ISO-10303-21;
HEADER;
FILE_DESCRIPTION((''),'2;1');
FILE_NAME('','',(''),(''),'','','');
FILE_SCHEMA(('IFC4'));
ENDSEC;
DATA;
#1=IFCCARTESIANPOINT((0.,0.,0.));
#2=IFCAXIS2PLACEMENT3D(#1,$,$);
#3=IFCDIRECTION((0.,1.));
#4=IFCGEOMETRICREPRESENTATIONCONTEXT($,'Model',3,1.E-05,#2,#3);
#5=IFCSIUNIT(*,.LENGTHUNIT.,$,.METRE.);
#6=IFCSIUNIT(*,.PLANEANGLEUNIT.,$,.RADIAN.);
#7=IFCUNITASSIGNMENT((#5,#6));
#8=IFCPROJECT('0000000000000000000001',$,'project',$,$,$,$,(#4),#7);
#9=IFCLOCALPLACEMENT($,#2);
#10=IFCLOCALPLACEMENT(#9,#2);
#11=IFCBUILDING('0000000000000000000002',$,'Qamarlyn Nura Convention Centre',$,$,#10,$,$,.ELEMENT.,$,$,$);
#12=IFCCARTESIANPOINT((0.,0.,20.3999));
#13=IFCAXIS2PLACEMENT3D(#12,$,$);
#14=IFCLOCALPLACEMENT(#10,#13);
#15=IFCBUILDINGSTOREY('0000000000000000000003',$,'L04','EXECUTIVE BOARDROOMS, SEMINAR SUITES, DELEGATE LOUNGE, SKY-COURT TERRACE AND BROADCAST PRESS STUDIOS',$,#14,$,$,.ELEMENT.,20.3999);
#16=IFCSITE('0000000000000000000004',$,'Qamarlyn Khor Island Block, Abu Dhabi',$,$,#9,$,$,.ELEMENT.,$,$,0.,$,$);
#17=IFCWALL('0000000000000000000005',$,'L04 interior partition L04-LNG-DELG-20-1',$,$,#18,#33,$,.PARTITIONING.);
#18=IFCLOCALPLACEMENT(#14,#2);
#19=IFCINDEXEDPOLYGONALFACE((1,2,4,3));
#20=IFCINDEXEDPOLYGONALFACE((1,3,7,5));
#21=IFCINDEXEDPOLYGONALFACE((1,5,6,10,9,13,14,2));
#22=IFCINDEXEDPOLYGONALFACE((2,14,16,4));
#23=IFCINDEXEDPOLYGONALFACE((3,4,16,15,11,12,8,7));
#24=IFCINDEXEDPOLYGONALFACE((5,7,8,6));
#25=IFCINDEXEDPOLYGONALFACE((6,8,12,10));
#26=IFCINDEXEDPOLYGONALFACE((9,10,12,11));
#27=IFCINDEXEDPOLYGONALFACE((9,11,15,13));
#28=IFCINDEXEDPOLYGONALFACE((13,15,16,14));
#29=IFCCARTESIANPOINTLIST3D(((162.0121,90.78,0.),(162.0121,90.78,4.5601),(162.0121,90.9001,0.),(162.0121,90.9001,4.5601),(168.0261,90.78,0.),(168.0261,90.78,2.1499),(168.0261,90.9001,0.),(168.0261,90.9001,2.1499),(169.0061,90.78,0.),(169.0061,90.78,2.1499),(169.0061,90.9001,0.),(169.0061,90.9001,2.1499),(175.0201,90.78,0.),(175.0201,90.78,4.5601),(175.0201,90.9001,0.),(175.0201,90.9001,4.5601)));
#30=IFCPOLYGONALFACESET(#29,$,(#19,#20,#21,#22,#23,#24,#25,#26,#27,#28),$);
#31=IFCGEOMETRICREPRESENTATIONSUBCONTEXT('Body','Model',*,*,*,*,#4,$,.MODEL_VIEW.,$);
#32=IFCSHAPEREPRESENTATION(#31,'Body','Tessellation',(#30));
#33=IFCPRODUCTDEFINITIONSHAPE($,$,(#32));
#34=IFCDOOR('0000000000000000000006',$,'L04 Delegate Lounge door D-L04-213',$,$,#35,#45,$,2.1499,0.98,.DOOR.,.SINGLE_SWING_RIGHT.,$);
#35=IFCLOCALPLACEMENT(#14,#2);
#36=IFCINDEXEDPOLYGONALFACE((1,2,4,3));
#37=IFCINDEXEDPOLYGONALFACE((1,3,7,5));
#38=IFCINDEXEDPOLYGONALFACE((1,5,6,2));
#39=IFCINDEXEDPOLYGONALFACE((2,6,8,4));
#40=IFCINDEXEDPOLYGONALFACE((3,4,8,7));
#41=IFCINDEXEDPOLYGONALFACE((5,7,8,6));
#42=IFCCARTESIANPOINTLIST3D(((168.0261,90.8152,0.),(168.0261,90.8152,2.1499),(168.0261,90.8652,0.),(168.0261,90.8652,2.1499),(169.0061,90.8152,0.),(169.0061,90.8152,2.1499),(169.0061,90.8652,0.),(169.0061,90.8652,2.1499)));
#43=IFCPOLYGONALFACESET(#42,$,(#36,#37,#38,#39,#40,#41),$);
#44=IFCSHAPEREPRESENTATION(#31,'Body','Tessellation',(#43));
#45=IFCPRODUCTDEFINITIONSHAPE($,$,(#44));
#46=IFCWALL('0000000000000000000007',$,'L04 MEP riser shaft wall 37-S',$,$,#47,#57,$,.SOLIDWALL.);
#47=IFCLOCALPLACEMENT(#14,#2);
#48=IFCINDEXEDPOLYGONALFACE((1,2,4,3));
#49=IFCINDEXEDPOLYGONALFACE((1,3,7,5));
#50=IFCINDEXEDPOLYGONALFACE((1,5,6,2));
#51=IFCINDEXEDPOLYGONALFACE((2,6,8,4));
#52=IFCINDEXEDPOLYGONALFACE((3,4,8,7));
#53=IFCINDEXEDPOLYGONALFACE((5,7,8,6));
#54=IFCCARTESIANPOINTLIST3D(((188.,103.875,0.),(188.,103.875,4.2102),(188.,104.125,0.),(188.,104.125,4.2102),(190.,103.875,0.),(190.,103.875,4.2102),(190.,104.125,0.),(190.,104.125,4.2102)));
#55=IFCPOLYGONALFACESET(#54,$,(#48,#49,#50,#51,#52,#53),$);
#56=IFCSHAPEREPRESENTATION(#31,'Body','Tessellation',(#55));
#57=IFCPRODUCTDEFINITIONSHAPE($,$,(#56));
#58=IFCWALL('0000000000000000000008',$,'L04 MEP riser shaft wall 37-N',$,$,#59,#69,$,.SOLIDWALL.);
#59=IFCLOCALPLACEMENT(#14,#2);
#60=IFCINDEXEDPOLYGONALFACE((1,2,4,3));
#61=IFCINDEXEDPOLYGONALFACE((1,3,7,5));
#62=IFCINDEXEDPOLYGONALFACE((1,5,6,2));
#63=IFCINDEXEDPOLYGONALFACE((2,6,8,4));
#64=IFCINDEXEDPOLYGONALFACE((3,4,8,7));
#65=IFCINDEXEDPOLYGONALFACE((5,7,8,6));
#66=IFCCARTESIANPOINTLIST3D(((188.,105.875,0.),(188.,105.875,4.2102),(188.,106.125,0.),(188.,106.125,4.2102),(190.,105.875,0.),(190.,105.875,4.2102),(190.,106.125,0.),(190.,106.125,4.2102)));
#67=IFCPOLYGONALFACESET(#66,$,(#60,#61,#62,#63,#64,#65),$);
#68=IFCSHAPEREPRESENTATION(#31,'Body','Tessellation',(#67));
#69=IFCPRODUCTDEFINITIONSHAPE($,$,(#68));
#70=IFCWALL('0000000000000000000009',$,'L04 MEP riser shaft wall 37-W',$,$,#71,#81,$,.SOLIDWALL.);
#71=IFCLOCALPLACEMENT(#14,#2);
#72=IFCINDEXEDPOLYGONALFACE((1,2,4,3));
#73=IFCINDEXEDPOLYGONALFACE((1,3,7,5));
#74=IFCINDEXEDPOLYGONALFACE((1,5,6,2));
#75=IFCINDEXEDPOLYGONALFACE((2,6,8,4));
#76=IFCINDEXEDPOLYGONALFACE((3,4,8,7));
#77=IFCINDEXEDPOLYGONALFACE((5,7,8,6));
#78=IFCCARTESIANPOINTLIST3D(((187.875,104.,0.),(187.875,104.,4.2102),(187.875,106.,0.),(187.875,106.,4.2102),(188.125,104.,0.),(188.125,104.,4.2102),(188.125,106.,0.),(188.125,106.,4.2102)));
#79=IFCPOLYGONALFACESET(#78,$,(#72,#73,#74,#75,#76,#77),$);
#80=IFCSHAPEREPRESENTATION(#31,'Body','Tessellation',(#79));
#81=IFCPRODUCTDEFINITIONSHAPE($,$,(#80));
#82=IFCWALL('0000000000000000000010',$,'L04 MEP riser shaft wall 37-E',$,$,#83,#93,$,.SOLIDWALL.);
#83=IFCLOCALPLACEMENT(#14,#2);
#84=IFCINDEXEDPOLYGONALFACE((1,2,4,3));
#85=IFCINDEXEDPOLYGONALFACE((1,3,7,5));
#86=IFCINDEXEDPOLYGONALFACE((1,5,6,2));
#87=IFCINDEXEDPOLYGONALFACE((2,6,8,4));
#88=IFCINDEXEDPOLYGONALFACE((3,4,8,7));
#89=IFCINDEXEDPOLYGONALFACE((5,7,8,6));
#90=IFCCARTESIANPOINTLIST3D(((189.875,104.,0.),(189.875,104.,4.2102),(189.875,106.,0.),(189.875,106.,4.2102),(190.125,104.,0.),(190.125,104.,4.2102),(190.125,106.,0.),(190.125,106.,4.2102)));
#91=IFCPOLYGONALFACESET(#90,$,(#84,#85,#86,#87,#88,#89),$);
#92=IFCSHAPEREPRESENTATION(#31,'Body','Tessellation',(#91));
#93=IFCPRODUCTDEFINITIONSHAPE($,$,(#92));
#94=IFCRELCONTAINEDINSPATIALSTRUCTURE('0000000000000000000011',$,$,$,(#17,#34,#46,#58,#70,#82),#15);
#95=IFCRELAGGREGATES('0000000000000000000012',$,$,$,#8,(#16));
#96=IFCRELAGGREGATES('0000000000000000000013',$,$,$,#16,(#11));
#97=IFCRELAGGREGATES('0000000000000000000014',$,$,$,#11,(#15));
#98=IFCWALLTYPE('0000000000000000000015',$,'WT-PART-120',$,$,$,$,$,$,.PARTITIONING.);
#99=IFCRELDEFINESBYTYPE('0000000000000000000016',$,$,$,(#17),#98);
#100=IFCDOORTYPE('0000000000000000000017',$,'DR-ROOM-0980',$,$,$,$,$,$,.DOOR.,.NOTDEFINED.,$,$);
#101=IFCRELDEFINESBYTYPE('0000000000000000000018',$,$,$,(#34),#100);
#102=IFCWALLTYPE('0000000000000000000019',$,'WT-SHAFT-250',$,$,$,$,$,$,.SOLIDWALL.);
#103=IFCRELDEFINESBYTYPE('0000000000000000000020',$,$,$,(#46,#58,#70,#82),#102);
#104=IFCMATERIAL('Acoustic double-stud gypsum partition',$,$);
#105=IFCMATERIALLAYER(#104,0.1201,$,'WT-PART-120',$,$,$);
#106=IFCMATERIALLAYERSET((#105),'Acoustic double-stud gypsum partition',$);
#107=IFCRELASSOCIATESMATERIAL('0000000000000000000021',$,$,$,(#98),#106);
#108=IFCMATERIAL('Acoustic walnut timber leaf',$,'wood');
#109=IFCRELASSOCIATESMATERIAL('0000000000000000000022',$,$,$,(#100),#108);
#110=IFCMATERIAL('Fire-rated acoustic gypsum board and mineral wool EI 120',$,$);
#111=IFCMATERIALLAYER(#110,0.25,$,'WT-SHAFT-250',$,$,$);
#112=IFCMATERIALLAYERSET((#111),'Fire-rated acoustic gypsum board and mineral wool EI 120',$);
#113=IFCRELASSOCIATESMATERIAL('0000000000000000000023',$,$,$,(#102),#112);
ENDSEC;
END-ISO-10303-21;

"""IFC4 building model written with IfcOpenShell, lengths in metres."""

from ifc_helpers import new_model, si_unit, direction, frame, frame_2d, origin, place, context, subcontext, project, spatial, rectangle, extrude, material, layer, layer_set, type_object, element, fill, save


model = new_model("IFC4")

# Units and contexts
model_context = context("Model", 3, precision=1e-05, world=origin(), true_north=direction((0.0, 1.0)))
body_context = subcontext(model_context, "Body", "Model", "MODEL_VIEW")
ifc_project = project(units=[si_unit("LENGTHUNIT", "METRE"), si_unit("PLANEANGLEUNIT", "RADIAN")], contexts=[model_context])

# Site, building, storey
site_placement = place(None, origin())
site = spatial("IfcSite", under=ifc_project, at=site_placement, Name="Qamarlyn Khor Island Block, Abu Dhabi", CompositionType="ELEMENT", RefElevation=0.0)
building_placement = place(site_placement, origin())
building = spatial("IfcBuilding", under=site, at=building_placement, Name="Qamarlyn Nura Convention Centre", CompositionType="ELEMENT")
storey_placement = place(building_placement, frame((0.0, 0.0, 20.3999)))
storey = spatial("IfcBuildingStorey", under=building, at=storey_placement, Name="L04", Description="EXECUTIVE BOARDROOMS, SEMINAR SUITES, DELEGATE LOUNGE, SKY-COURT TERRACE AND BROADCAST PRESS STUDIOS", CompositionType="ELEMENT", Elevation=20.3999)

# Shared definitions
ifc_material_1 = material(Name="Acoustic double-stud gypsum partition")
ifc_layer_1 = layer(ifc_material_1, 0.1201, Name="WT-PART-120")
ifc_layer_set_1 = layer_set([ifc_layer_1], Name="Acoustic double-stud gypsum partition")
wall_type_1 = type_object("IfcWallType", Name="WT-PART-120", PredefinedType="PARTITIONING", material=ifc_layer_set_1)

# Wall, opening, door
wall_1_placement = place(storey_placement, frame((175.02, 90.8401, 0.0), z_axis=(0.0, 0.0, 1.0), x_axis=(-1.0, 0.0, 0.0)))
wall_1 = element("IfcWall", 1, at=wall_1_placement, inside=storey, type_object=wall_type_1, Name="L04 interior partition L04-LNG-DELG-20-1", PredefinedType="PARTITIONING", context=body_context, shape_type="SweptSolid", body=[
    extrude(rectangle(XDim=13.0081, YDim=0.1201, at=frame_2d((6.5039, 0.0))), origin(), (0.0, 0.0, 1.0), 4.5601),
])
opening_placement = place(wall_1_placement, frame((6.0139, 0.0, 0.0)))
opening = element("IfcOpeningElement", 2, at=opening_placement, cuts=wall_1, PredefinedType="OPENING", context=body_context, shape_type="SweptSolid", body=[
    extrude(rectangle(XDim=0.98, YDim=2.1499, at=frame_2d((0.49, 1.075))), frame((0.0, 0.0701, 0.0), z_axis=(0.0, -1.0, 0.0), x_axis=(1.0, 0.0, 0.0)), (0.0, 0.0, 1.0), 0.1401),
])
ifc_material_2 = material(Name="Acoustic walnut timber leaf", Category="wood")
door_type = type_object("IfcDoorType", Name="DR-ROOM-0980", OperationType="NOTDEFINED", PredefinedType="DOOR", material=ifc_material_2)
door_placement = place(opening_placement, origin())
door = element("IfcDoor", 3, at=door_placement, inside=storey, type_object=door_type, Name="L04 Delegate Lounge door D-L04-213", OperationType="SINGLE_SWING_RIGHT", OverallHeight=2.1499, OverallWidth=0.98, PredefinedType="DOOR", context=body_context, shape_type="SweptSolid", body=[
    extrude(rectangle(XDim=0.98, YDim=2.1499, at=frame_2d((0.49, 1.075))), frame((0.0, 0.0249, 0.0), z_axis=(0.0, -1.0, 0.0), x_axis=(1.0, 0.0, 0.0)), (0.0, 0.0, 1.0), 0.05),
])
fill(opening, door)

# Walls
ifc_material_3 = material(Name="Fire-rated acoustic gypsum board and mineral wool EI 120")
ifc_layer_2 = layer(ifc_material_3, 0.25, Name="WT-SHAFT-250")
ifc_layer_set_2 = layer_set([ifc_layer_2], Name="Fire-rated acoustic gypsum board and mineral wool EI 120")
wall_type_2 = type_object("IfcWallType", Name="WT-SHAFT-250", PredefinedType="SOLIDWALL", material=ifc_layer_set_2)
for number, where, z_axis, x_axis, name in (
    (4, (188.0, 104.0, 0.0), (0.0, 0.0, 1.0), (1.0, 0.0, 0.0), "L04 MEP riser shaft wall 37-S"),
    (5, (190.0, 106.0, 0.0), (0.0, 0.0, 1.0), (-1.0, 0.0, 0.0), "L04 MEP riser shaft wall 37-N"),
    (6, (188.0, 106.0, 0.0), (0.0, 0.0, 1.0), (0.0, -1.0, 0.0), "L04 MEP riser shaft wall 37-W"),
    (7, (190.0, 104.0, 0.0), (0.0, 0.0, 1.0), (0.0, 1.0, 0.0), "L04 MEP riser shaft wall 37-E"),
):
    element("IfcWall", number, at=place(storey_placement, frame(where, z_axis=z_axis, x_axis=x_axis)), inside=storey, type_object=wall_type_2, Name=name, PredefinedType="SOLIDWALL", context=body_context, shape_type="SweptSolid", body=[
        extrude(rectangle(XDim=2.0, YDim=0.25, at=frame_2d((1.0, 0.0))), origin(), (0.0, 0.0, 1.0), 4.2102),
    ])

save(model, "model.ifc")
